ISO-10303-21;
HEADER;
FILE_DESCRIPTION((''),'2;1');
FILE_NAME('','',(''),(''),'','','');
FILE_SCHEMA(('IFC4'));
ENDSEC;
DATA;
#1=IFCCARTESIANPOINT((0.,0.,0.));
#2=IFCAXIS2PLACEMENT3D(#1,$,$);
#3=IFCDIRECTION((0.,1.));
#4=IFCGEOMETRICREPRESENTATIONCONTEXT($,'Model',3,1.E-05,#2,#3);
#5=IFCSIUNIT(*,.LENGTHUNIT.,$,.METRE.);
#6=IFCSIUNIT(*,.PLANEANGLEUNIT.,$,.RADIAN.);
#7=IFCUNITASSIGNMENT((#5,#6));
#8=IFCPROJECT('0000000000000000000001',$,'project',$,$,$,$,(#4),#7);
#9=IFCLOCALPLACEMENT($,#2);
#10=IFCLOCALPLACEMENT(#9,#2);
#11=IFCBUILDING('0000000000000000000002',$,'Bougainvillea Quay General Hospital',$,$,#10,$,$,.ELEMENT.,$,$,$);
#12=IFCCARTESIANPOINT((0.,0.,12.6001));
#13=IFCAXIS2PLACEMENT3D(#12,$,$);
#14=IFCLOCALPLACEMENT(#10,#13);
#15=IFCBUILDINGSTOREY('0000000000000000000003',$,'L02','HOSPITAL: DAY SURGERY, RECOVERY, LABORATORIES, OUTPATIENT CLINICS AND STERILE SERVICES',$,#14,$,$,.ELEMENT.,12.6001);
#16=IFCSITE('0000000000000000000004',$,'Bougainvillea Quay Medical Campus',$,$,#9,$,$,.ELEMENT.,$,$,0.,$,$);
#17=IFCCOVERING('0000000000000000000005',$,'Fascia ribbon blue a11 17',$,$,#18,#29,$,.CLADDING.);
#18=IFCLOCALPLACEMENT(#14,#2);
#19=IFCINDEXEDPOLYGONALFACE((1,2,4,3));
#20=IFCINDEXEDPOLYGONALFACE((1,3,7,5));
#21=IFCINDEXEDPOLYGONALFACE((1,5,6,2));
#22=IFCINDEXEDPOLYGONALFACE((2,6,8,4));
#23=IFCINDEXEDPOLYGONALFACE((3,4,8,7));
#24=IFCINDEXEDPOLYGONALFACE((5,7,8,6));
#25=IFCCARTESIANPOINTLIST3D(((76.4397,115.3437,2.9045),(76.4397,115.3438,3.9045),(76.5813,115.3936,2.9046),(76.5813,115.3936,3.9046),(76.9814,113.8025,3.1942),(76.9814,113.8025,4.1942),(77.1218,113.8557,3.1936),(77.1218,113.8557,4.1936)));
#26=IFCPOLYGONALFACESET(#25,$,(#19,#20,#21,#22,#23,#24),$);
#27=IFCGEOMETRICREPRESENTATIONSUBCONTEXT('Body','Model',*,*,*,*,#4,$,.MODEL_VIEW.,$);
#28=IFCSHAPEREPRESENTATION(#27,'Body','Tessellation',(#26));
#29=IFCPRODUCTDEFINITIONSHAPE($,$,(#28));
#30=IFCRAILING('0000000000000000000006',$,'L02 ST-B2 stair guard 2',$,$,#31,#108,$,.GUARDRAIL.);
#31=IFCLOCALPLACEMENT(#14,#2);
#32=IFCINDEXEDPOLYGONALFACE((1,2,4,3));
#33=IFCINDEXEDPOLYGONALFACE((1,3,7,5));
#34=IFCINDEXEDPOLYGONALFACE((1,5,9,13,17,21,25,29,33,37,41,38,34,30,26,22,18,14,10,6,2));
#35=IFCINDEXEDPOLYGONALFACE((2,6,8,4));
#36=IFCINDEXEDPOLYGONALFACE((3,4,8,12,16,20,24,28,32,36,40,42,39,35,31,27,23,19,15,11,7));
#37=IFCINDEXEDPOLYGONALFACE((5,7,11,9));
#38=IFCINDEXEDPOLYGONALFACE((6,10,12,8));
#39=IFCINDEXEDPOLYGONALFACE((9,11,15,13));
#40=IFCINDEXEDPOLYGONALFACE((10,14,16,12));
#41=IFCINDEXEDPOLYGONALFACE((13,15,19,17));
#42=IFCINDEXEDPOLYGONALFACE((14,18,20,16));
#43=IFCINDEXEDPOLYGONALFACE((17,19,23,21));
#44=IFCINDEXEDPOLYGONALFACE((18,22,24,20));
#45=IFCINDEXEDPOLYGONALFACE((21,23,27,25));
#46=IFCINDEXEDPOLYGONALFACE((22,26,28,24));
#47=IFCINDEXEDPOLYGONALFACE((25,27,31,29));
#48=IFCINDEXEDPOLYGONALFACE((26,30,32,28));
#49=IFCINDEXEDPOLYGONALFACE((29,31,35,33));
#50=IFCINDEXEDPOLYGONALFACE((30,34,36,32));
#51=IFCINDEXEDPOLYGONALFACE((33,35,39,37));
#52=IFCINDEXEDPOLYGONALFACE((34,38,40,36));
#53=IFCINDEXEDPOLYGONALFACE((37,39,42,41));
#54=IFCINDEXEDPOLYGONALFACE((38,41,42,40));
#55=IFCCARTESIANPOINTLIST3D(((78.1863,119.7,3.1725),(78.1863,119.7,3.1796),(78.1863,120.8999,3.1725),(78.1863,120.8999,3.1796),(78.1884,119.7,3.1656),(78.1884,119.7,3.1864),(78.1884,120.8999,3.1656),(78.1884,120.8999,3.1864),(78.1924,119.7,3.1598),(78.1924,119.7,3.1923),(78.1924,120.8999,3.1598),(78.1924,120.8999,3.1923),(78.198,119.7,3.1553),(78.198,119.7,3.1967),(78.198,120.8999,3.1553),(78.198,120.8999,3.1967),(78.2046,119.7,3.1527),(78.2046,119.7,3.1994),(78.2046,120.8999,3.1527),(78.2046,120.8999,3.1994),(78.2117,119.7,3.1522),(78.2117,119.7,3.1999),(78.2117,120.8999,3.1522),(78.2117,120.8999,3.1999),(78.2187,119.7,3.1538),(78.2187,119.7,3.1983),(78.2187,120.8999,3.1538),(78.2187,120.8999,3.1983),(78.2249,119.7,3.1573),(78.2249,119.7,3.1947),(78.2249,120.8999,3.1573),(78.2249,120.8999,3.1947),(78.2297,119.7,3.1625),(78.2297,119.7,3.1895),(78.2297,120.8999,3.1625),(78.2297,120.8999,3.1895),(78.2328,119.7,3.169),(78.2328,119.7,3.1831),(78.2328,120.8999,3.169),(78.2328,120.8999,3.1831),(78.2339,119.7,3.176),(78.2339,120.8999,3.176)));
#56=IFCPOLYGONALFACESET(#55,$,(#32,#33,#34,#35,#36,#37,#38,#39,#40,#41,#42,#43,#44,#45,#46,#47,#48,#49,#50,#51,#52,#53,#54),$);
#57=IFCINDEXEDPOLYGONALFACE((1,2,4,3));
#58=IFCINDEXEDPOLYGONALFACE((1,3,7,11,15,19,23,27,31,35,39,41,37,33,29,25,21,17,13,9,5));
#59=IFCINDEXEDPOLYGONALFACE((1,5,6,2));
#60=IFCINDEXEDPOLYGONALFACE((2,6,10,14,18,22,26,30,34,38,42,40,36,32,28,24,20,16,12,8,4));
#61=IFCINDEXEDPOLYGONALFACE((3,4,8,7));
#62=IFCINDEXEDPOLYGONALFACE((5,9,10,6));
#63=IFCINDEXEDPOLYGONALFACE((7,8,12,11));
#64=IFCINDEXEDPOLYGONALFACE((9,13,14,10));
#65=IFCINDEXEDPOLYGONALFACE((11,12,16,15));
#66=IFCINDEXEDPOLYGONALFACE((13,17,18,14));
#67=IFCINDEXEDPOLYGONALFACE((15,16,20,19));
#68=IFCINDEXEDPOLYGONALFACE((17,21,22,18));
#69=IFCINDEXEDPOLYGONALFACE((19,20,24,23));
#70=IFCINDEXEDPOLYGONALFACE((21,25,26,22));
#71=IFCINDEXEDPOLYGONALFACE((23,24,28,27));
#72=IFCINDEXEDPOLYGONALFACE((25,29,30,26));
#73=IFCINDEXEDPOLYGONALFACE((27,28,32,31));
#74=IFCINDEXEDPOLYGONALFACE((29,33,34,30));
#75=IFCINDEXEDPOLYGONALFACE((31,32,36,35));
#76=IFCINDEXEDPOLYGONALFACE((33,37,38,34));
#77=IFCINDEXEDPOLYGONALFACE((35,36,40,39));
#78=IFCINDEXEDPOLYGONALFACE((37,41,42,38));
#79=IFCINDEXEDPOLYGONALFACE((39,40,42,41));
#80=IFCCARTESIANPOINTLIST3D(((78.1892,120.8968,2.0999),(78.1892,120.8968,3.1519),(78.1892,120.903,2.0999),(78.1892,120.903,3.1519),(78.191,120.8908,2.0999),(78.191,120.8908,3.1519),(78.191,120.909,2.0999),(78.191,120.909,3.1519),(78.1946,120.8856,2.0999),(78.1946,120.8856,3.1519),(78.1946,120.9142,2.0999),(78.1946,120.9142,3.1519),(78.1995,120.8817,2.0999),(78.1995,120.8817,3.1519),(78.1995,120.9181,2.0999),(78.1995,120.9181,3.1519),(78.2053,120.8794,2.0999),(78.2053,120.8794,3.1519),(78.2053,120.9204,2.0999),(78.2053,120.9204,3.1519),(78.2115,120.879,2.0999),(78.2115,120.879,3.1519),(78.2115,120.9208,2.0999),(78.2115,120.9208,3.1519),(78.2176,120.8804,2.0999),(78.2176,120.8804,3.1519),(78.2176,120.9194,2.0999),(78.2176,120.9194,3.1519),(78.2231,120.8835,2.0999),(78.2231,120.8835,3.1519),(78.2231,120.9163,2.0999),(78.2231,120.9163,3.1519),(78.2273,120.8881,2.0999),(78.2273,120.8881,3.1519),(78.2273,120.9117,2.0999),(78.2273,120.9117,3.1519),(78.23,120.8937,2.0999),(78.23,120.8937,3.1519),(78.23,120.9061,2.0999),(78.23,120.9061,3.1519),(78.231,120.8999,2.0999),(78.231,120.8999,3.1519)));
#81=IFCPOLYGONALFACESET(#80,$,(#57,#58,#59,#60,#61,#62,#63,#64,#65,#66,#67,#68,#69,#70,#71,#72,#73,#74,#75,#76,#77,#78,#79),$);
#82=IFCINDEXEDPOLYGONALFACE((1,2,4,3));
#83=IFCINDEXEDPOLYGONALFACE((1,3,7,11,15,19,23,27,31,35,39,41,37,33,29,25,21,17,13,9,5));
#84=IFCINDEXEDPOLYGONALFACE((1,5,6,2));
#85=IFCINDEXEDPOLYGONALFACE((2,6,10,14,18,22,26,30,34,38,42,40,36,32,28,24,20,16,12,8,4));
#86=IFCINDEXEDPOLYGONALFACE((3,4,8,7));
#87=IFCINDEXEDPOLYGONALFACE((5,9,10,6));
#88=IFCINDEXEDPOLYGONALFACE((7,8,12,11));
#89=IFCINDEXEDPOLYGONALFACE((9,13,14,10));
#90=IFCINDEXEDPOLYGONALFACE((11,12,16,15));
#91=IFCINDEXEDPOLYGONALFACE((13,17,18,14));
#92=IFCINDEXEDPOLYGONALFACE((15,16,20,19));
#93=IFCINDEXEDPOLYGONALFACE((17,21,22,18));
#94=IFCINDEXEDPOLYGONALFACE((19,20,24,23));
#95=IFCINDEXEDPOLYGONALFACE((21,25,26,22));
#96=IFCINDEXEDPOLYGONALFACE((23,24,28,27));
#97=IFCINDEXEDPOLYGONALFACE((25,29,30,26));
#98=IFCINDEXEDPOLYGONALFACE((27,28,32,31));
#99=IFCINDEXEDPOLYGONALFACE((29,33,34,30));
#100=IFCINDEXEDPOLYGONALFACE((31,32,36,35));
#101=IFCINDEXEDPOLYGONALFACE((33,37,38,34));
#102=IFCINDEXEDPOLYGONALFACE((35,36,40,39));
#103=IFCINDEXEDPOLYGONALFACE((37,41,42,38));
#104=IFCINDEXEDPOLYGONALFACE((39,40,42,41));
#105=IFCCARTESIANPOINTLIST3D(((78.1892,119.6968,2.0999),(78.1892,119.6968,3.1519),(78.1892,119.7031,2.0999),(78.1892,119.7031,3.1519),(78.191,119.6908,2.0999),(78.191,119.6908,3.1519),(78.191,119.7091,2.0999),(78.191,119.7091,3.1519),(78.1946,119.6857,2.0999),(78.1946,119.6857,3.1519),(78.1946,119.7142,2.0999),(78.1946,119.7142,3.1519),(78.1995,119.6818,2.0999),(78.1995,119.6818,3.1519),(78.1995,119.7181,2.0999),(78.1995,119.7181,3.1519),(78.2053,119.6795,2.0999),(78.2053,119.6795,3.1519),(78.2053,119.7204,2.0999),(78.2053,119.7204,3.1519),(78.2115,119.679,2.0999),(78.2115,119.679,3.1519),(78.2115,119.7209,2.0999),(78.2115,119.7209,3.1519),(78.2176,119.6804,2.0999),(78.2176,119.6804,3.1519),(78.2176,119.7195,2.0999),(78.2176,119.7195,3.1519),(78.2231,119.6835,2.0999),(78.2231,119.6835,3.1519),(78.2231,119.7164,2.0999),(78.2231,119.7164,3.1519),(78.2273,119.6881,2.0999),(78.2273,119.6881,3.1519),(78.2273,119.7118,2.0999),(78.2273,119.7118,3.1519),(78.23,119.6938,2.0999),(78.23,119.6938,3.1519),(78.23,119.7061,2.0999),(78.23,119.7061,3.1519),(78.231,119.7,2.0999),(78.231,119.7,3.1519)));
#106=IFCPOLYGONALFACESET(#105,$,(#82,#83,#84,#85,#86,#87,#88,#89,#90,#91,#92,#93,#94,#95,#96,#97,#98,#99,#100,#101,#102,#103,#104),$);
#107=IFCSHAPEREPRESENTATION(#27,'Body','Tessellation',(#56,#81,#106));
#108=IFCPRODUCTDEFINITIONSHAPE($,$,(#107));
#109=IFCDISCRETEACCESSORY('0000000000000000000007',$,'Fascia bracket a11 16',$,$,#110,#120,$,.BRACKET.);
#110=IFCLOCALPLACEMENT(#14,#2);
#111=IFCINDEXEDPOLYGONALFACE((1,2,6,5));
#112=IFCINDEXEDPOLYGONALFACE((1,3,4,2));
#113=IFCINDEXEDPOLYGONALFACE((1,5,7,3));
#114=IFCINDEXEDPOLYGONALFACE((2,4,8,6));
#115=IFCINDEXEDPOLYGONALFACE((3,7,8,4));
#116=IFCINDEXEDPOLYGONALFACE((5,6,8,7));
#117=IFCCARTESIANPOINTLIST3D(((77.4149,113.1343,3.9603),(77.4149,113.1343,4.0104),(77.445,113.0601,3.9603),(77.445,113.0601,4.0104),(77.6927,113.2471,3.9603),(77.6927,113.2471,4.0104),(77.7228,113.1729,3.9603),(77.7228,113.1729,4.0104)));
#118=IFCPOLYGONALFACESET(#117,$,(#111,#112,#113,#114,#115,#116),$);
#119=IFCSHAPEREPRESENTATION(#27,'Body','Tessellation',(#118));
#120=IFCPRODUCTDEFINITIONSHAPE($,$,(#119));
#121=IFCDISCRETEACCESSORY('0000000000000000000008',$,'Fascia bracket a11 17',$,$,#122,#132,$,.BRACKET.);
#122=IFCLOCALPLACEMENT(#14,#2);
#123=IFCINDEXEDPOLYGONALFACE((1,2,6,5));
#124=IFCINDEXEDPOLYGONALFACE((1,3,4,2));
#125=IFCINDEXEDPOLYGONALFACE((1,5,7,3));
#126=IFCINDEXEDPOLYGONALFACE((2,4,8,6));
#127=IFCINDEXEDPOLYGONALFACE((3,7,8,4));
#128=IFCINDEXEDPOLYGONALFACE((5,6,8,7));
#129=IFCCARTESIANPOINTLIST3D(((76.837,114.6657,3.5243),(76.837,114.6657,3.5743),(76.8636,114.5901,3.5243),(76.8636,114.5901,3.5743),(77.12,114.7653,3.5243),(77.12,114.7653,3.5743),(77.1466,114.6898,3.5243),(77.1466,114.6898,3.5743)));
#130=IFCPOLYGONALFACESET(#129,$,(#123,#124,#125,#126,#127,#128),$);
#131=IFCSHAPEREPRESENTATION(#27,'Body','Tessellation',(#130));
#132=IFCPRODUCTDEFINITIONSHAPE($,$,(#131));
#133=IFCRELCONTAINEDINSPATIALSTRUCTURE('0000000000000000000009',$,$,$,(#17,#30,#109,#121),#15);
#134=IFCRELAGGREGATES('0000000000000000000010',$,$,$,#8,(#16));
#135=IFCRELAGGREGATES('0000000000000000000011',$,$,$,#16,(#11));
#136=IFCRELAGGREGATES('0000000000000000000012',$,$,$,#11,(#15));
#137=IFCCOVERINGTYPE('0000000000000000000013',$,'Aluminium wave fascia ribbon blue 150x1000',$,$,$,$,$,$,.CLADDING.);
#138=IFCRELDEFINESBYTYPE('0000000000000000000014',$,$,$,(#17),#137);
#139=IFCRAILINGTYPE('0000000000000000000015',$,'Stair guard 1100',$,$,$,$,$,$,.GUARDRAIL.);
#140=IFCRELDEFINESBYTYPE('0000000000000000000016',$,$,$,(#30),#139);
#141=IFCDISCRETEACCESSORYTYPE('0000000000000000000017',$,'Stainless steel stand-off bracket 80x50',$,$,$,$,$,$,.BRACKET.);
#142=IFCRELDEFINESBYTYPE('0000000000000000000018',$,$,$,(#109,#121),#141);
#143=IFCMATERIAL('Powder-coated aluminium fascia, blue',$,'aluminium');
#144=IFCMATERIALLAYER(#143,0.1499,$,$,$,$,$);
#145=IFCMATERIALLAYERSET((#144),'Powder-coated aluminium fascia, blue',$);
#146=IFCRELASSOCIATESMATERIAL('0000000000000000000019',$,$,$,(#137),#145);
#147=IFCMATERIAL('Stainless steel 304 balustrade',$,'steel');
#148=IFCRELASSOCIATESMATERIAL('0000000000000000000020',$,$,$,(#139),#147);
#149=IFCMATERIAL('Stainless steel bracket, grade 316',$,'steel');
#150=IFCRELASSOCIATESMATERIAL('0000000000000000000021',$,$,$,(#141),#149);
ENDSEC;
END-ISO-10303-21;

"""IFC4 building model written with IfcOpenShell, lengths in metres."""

from ifc_helpers import new_model, si_unit, direction, frame, origin, origin_2d, place, context, subcontext, project, spatial, polyline, rectangle, circle, outline, extrude, material, layer, layer_set, material_profile, profile_set, type_object, element, save


model = new_model("IFC4")

# Units and contexts
model_context = context("Model", 3, precision=1e-05, world=origin(), true_north=direction((0.0, 1.0)))
body_context = subcontext(model_context, "Body", "Model", "MODEL_VIEW")
ifc_project = project(units=[si_unit("LENGTHUNIT", "METRE"), si_unit("PLANEANGLEUNIT", "RADIAN")], contexts=[model_context])

# Site, building, storey
site_placement = place(None, origin())
site = spatial("IfcSite", under=ifc_project, at=site_placement, Name="Bougainvillea Quay Medical Campus", CompositionType="ELEMENT", RefElevation=0.0)
building_placement = place(site_placement, origin())
building = spatial("IfcBuilding", under=site, at=building_placement, Name="Bougainvillea Quay General Hospital", CompositionType="ELEMENT")
storey_placement = place(building_placement, frame((0.0, 0.0, 12.6001)))
storey = spatial("IfcBuildingStorey", under=building, at=storey_placement, Name="L02", Description="HOSPITAL: DAY SURGERY, RECOVERY, LABORATORIES, OUTPATIENT CLINICS AND STERILE SERVICES", CompositionType="ELEMENT", Elevation=12.6001)

# Covering
ifc_material_1 = material(Name="Powder-coated aluminium fascia, blue", Category="aluminium")
ifc_layer_1 = layer(ifc_material_1, 0.1499)
ifc_layer_set_1 = layer_set([ifc_layer_1], Name="Powder-coated aluminium fascia, blue")
covering_type = type_object("IfcCoveringType", Name="Aluminium wave fascia ribbon blue 150x1000", PredefinedType="CLADDING", material=ifc_layer_set_1)
covering_1_placement = place(storey_placement, frame((77.1218, 113.8557, 3.1936), z_axis=(-0.0584, 0.164504, 0.984646), x_axis=(-0.326506, 0.928936, -0.174562)))
element("IfcCovering", 1, at=covering_1_placement, inside=storey, type_object=covering_type, Name="Fascia ribbon blue a11 17", PredefinedType="CLADDING", context=body_context, shape_type="SweptSolid", body=[
    extrude(outline(polyline([(0.0, 0.0), (1.6555, 0.0), (1.6555, 0.1501), (-0.0037, 0.1501), (0.0, 0.0)])), origin(), (-0.174562, -0.000538, 0.984646), 1.0),
])

# Railing
ifc_material_2 = material(Name="Stainless steel 304 balustrade", Category="steel")
railing_type = type_object("IfcRailingType", Name="Stair guard 1100", PredefinedType="GUARDRAIL", material=ifc_material_2)
railing_placement = place(storey_placement, frame((78.21, 120.8999, 2.0999)))
element("IfcRailing", 2, at=railing_placement, inside=storey, type_object=railing_type, Name="L02 ST-B2 stair guard 2", PredefinedType="GUARDRAIL", context=body_context, shape_type="SweptSolid", body=[
    extrude(circle(Radius=0.0239, at=origin_2d()), frame((0.0, 0.0, 1.0762), z_axis=(0.0, -1.0, 0.0), x_axis=(1.0, 0.0, 0.0)), (0.0, 0.0, 1.0), 1.2),
    extrude(circle(Radius=0.021, at=origin_2d()), origin(), (0.0, 0.0, 1.0), 1.052),
    extrude(circle(Radius=0.021, at=origin_2d()), frame((0.0, -1.2, 0.0)), (0.0, 0.0, 1.0), 1.052),
])

# Discrete accessories
ifc_material_3 = material(Name="Stainless steel bracket, grade 316", Category="steel")
ifc_material_profile_1 = material_profile(ifc_material_3, rectangle(XDim=0.0801, YDim=0.05, at=origin_2d()))
ifc_profile_set_1 = profile_set([ifc_material_profile_1], Name="Stainless steel bracket, grade 316")
discrete_accessory_type = type_object("IfcDiscreteAccessoryType", Name="Stainless steel stand-off bracket 80x50", PredefinedType="BRACKET", material=ifc_profile_set_1)
discrete_accessory_1_placement = place(storey_placement, frame((77.7078, 113.21, 3.9854), z_axis=(-0.926555, -0.376159, 0.0), x_axis=(0.376159, -0.926555, 0.0)))
element("IfcDiscreteAccessory", 3, at=discrete_accessory_1_placement, inside=storey, type_object=discrete_accessory_type, Name="Fascia bracket a11 16", PredefinedType="BRACKET", context=body_context, shape_type="SweptSolid", body=[
    extrude(rectangle(XDim=0.0801, YDim=0.05, at=origin_2d()), origin(), (0.0, 0.0, 1.0), 0.2998),
])
discrete_accessory_2_placement = place(storey_placement, frame((77.1333, 114.7275, 3.5493), z_axis=(-0.94326, -0.332054, 0.0), x_axis=(0.332054, -0.94326, 0.0)))
element("IfcDiscreteAccessory", 4, at=discrete_accessory_2_placement, inside=storey, type_object=discrete_accessory_type, Name="Fascia bracket a11 17", PredefinedType="BRACKET", context=body_context, shape_type="SweptSolid", body=[
    extrude(rectangle(XDim=0.0801, YDim=0.05, at=origin_2d()), origin(), (0.0, 0.0, 1.0), 0.3),
])

save(model, "model.ifc")
